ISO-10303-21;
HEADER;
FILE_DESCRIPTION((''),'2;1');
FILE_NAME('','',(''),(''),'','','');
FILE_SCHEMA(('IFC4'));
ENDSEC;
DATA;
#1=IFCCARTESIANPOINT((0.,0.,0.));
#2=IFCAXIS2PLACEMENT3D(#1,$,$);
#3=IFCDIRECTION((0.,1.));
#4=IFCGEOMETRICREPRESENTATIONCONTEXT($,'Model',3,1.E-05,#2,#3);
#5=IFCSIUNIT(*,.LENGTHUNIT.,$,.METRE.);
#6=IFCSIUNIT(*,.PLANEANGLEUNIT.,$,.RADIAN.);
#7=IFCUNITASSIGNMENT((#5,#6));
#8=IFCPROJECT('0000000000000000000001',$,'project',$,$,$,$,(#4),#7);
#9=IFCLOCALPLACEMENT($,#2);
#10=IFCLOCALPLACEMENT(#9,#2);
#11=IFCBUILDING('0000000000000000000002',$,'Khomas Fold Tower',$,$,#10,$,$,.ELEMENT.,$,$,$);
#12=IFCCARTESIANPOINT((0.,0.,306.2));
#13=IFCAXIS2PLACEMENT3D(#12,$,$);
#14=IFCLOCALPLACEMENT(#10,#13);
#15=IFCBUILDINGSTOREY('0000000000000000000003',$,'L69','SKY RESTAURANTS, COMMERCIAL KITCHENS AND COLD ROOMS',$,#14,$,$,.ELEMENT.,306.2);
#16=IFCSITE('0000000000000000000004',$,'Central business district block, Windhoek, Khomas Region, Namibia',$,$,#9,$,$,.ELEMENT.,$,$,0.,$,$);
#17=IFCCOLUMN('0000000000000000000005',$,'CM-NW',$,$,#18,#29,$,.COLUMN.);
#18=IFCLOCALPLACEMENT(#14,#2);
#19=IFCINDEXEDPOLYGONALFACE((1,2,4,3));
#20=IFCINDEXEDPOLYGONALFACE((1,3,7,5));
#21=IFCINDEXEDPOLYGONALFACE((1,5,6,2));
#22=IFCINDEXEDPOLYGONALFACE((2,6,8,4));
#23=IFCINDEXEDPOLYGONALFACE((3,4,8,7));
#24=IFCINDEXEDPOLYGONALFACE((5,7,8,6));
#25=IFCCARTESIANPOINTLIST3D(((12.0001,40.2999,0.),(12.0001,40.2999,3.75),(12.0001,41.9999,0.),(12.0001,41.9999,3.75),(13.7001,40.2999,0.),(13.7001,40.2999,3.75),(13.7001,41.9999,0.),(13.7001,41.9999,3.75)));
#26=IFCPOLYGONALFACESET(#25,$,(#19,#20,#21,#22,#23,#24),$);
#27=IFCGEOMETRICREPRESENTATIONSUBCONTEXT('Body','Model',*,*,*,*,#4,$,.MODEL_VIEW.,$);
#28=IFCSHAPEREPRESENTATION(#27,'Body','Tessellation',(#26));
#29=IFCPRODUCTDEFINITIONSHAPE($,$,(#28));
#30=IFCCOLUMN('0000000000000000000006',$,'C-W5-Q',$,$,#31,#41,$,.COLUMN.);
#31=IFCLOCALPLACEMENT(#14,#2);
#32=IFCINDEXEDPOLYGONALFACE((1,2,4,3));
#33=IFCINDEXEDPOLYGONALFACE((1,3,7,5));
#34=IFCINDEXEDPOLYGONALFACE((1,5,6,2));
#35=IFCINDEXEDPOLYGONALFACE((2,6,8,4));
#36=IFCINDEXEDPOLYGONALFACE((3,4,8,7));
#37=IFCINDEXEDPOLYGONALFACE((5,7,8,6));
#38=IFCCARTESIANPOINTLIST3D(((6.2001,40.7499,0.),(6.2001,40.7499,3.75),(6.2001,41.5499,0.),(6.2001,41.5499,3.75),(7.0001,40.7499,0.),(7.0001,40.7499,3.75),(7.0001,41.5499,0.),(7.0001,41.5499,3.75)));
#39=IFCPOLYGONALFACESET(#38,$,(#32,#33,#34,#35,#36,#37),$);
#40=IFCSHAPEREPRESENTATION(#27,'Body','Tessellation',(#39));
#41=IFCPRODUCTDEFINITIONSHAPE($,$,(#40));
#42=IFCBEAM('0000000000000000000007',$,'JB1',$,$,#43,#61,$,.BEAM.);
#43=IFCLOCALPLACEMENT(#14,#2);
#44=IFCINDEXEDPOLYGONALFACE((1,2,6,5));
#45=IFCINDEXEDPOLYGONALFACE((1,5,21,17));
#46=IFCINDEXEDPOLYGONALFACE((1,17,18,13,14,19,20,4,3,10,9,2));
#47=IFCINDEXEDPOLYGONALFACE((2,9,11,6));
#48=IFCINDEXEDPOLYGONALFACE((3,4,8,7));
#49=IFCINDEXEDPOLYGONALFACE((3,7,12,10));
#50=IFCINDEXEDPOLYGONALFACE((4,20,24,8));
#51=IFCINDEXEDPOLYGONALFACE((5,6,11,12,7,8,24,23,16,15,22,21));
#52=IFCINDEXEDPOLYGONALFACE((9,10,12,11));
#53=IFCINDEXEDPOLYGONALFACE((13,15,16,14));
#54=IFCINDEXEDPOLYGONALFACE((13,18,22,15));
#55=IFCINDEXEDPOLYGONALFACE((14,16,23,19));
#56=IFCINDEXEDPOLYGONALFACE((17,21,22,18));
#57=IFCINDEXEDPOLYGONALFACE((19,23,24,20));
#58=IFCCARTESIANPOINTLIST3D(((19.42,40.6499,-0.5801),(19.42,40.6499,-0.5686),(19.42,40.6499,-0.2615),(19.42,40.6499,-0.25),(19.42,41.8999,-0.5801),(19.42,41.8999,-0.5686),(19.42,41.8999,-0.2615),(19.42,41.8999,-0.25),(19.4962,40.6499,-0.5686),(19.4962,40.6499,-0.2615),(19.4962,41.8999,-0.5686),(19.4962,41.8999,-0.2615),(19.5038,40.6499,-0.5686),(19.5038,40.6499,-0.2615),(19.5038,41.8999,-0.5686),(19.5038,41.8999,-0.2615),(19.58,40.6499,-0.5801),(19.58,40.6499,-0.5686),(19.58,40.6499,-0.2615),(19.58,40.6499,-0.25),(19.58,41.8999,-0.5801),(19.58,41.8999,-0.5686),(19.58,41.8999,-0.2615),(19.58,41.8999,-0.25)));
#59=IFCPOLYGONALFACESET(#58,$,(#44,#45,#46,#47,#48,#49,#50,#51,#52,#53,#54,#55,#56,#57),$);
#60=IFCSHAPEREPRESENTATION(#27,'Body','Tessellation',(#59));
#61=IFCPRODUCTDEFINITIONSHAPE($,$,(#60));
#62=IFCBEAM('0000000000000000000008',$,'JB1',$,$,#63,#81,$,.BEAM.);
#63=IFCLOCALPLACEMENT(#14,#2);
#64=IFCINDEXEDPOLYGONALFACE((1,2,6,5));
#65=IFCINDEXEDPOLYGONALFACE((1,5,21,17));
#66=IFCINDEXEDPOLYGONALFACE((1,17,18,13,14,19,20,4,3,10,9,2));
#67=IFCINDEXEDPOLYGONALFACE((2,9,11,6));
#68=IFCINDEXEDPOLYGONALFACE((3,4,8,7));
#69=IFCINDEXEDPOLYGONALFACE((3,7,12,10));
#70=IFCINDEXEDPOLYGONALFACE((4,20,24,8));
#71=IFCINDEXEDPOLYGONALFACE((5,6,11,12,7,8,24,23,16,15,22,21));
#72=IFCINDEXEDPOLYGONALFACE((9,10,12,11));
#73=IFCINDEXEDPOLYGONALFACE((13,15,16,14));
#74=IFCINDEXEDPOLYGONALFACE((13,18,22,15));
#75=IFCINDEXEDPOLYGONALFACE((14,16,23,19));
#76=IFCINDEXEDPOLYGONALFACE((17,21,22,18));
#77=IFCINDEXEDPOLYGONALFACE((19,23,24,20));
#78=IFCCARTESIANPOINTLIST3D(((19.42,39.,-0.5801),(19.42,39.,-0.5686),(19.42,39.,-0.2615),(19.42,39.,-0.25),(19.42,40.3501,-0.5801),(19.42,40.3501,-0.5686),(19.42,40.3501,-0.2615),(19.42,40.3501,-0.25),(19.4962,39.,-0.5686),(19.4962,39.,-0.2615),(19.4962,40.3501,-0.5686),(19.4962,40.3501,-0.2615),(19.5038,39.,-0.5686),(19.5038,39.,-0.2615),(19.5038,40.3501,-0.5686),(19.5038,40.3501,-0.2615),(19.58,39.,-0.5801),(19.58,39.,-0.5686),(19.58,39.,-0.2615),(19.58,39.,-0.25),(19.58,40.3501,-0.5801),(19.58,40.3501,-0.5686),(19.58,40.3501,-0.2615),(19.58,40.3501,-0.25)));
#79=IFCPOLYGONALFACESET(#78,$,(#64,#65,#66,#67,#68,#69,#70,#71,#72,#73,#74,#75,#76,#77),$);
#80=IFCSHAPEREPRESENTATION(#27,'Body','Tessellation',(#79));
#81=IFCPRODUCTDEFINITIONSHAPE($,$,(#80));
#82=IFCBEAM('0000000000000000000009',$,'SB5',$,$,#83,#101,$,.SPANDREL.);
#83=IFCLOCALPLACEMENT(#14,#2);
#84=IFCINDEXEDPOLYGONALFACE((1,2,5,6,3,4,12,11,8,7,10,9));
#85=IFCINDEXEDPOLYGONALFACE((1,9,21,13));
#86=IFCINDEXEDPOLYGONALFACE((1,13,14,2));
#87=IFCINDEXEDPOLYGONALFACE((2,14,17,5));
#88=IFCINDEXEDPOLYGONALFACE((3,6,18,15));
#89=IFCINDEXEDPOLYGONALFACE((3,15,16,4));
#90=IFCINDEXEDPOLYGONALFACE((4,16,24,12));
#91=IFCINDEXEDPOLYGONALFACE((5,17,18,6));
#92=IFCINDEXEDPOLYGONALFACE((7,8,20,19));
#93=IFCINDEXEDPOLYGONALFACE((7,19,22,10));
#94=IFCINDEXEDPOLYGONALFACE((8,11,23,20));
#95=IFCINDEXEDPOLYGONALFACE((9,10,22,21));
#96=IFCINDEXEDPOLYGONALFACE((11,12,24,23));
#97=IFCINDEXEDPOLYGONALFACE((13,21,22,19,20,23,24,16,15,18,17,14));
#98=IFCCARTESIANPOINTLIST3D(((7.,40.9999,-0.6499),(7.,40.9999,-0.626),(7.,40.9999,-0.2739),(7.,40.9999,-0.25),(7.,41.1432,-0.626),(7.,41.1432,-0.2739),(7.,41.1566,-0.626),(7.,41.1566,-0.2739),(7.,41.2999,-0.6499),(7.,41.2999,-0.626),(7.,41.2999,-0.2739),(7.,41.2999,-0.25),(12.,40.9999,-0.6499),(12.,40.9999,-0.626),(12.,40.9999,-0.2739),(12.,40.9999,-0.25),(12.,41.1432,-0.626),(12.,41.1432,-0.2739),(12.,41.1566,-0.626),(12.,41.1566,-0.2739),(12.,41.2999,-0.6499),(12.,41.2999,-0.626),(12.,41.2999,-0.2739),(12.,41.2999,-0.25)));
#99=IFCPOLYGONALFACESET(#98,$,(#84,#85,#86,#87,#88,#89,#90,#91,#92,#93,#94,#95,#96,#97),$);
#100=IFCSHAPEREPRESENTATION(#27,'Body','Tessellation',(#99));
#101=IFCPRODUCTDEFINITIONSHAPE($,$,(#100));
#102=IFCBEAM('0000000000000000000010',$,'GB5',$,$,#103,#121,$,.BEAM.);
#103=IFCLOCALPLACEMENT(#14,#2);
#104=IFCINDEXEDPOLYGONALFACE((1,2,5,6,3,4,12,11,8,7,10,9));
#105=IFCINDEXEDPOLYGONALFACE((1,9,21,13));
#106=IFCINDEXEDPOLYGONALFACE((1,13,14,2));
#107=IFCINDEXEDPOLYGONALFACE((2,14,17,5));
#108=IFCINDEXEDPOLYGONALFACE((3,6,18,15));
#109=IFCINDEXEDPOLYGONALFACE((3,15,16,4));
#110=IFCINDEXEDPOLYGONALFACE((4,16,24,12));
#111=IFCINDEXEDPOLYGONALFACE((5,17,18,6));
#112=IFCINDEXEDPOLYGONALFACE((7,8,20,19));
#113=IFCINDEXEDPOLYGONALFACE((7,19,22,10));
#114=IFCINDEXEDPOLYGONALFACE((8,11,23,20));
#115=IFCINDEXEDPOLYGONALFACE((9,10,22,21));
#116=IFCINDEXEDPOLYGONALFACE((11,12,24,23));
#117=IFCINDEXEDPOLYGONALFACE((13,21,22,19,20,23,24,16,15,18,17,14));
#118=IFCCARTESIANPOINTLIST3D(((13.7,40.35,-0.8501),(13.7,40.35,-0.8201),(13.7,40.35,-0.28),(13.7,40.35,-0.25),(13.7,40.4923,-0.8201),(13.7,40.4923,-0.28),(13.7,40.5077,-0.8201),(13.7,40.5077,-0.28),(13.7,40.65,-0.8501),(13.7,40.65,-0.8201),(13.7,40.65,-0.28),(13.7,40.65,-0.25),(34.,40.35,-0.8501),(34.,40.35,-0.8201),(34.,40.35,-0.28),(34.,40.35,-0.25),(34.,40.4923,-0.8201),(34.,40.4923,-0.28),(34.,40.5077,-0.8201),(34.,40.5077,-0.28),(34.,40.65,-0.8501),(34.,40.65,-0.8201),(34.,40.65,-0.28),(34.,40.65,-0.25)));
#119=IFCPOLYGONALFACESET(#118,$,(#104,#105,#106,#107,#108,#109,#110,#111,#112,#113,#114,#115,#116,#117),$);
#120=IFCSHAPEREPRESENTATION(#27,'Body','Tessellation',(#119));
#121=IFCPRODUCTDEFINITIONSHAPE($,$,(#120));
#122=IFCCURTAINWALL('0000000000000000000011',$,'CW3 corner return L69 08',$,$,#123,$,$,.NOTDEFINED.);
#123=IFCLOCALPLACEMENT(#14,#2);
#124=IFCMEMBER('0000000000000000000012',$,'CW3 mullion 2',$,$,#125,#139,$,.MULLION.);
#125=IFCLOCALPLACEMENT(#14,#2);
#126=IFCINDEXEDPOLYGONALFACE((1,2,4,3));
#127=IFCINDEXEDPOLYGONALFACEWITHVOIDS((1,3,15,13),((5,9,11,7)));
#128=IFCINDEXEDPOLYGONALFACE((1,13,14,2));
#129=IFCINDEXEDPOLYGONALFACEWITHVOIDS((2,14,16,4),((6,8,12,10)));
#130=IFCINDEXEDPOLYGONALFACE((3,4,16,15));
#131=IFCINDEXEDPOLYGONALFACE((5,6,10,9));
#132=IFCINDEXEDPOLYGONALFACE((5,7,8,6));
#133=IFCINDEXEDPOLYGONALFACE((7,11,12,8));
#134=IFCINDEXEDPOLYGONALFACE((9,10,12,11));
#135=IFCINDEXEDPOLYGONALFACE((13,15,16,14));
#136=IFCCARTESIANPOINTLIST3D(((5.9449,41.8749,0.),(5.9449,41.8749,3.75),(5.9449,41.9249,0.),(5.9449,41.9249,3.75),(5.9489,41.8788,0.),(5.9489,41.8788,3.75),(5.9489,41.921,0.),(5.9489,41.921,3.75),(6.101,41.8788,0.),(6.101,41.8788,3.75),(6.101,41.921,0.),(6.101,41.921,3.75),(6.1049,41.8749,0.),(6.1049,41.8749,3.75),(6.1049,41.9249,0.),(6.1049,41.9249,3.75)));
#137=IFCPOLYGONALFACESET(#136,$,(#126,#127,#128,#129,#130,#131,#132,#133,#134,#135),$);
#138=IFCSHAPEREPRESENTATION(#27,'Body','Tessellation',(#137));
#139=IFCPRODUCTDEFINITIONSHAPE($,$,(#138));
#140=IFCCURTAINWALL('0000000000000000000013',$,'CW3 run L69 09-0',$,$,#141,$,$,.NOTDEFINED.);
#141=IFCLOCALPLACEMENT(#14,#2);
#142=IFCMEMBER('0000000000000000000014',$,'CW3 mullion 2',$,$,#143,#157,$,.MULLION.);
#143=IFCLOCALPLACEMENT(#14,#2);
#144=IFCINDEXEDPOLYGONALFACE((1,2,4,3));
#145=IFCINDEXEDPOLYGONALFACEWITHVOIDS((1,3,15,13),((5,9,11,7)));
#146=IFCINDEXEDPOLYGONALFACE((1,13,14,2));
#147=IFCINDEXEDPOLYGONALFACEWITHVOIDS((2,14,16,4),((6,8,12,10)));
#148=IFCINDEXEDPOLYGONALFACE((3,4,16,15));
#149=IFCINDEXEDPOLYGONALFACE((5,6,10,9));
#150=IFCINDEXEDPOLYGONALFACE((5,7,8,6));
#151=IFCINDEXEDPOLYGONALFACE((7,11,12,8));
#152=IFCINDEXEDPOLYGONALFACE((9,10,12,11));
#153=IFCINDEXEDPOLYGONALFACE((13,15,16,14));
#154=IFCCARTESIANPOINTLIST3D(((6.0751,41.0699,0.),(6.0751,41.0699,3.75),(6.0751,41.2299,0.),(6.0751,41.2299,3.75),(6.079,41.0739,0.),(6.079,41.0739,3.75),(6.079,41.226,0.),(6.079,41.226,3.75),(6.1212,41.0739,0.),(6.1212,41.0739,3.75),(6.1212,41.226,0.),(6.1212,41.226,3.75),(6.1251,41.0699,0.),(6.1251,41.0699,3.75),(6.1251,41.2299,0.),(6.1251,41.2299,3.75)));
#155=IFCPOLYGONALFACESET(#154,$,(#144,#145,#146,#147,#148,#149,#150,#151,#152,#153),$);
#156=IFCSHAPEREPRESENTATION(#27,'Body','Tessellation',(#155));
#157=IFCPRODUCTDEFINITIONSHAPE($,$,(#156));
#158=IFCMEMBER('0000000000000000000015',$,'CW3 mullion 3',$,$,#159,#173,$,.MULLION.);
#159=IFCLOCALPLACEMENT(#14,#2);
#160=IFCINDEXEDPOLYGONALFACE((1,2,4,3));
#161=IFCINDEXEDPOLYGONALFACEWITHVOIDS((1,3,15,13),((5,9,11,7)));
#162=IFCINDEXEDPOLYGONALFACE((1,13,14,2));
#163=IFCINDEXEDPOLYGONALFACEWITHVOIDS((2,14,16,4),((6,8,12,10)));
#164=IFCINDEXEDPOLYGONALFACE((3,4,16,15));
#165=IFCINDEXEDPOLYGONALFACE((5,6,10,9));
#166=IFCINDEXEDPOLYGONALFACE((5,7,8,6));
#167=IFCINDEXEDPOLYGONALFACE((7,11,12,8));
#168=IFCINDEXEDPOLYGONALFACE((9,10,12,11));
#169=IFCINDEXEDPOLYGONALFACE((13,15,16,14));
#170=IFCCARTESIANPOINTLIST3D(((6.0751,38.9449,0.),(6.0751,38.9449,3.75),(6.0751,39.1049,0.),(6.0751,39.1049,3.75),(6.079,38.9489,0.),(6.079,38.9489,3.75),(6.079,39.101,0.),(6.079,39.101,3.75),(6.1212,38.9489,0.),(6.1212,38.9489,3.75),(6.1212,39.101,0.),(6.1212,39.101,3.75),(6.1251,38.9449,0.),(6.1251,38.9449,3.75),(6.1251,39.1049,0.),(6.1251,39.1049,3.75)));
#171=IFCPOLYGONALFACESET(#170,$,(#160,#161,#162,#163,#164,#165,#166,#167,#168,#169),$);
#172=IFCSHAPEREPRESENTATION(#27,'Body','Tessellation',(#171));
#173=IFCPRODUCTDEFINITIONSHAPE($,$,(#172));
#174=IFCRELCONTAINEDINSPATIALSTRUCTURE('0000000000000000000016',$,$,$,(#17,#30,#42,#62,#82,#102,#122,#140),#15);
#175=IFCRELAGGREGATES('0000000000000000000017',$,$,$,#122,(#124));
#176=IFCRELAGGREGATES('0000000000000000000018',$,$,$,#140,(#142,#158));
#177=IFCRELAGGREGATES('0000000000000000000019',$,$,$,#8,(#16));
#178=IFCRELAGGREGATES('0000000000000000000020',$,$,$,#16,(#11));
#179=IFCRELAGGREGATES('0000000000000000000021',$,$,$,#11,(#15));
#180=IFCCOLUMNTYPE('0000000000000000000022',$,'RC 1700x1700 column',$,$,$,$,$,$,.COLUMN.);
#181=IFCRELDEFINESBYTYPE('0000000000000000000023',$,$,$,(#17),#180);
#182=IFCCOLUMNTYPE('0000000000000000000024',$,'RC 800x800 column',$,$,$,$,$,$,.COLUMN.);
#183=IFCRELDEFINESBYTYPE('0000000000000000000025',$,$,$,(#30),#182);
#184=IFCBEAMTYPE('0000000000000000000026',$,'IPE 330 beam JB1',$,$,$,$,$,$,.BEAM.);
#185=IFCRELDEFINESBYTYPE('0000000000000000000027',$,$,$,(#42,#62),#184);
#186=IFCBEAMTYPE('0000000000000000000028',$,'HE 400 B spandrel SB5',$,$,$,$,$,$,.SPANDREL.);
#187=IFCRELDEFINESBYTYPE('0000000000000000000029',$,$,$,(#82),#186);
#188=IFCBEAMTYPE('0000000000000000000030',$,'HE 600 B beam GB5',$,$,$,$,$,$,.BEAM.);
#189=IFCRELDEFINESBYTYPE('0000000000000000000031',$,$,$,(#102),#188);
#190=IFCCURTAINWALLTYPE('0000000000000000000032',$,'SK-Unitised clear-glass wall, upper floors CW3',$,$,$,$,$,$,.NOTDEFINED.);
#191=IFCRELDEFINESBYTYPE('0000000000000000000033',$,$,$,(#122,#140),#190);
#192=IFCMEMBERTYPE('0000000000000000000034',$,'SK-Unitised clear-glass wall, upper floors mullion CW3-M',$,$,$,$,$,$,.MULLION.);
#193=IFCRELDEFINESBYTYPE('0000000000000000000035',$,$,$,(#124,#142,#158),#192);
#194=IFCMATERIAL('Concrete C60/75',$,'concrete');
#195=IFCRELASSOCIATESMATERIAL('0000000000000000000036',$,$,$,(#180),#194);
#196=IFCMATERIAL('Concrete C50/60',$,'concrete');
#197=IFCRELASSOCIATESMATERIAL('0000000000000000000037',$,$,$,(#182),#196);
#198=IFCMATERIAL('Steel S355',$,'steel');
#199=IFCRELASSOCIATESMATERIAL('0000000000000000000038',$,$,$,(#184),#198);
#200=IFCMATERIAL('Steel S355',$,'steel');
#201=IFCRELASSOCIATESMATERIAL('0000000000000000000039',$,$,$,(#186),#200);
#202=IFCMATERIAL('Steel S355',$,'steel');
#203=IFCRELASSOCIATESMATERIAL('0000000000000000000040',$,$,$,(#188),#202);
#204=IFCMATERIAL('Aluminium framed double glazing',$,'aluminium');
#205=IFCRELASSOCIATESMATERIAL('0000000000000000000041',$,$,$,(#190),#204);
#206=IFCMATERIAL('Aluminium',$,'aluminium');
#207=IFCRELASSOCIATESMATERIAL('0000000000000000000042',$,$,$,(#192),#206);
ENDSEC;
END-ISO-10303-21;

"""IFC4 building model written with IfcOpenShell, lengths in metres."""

from ifc_helpers import new_model, si_unit, direction, frame, origin, origin_2d, place, context, subcontext, project, spatial, rectangle, hollow_rectangle, i_section, extrude, source, transform, mapped, material, material_profile, profile_set, type_object, element, aggregate, save


model = new_model("IFC4")

# Units and contexts
model_context = context("Model", 3, precision=1e-05, world=origin(), true_north=direction((0.0, 1.0)))
body_context = subcontext(model_context, "Body", "Model", "MODEL_VIEW")
ifc_project = project(units=[si_unit("LENGTHUNIT", "METRE"), si_unit("PLANEANGLEUNIT", "RADIAN")], contexts=[model_context])

# Site, building, storey
site_placement = place(None, origin())
site = spatial("IfcSite", under=ifc_project, at=site_placement, Name="Central business district block, Windhoek, Khomas Region, Namibia", CompositionType="ELEMENT", RefElevation=0.0)
building_placement = place(site_placement, origin())
building = spatial("IfcBuilding", under=site, at=building_placement, Name="Khomas Fold Tower", CompositionType="ELEMENT")
storey_placement = place(building_placement, frame((0.0, 0.0, 306.2)))
storey = spatial("IfcBuildingStorey", under=building, at=storey_placement, Name="L69", Description="SKY RESTAURANTS, COMMERCIAL KITCHENS AND COLD ROOMS", CompositionType="ELEMENT", Elevation=306.2)

# Columns
ifc_material_1 = material(Name="Concrete C60/75", Category="concrete")
ifc_material_profile_1 = material_profile(ifc_material_1, rectangle(XDim=1.7, YDim=1.7, at=origin_2d()), Name="RC 1700x1700")
ifc_profile_set_1 = profile_set([ifc_material_profile_1], Name="Concrete C60/75")
column_type_1 = type_object("IfcColumnType", Name="RC 1700x1700 column", PredefinedType="COLUMN", material=ifc_profile_set_1)
shared_shape_1 = source(origin(), body_context, "Body", "SweptSolid", [
    extrude(rectangle(XDim=1.7, YDim=1.7, at=origin_2d()), origin(), (0.0, 0.0, 1.0), 3.75),
])
column_1_placement = place(storey_placement, frame((12.8501, 41.1499, 0.0), z_axis=(0.0, 0.0, 1.0), x_axis=(1.0, 0.0, 0.0)))
element("IfcColumn", 1, at=column_1_placement, inside=storey, type_object=column_type_1, Name="CM-NW", PredefinedType="COLUMN", context=body_context, shape_type="MappedRepresentation", body=[
    mapped(shared_shape_1, transform((0.0, 0.0, 0.0))),
])
ifc_material_2 = material(Name="Concrete C50/60", Category="concrete")
ifc_material_profile_2 = material_profile(ifc_material_2, rectangle(XDim=0.8, YDim=0.8, at=origin_2d()), Name="RC 800x800")
ifc_profile_set_2 = profile_set([ifc_material_profile_2], Name="Concrete C50/60")
column_type_2 = type_object("IfcColumnType", Name="RC 800x800 column", PredefinedType="COLUMN", material=ifc_profile_set_2)
shared_shape_2 = source(origin(), body_context, "Body", "SweptSolid", [
    extrude(rectangle(XDim=0.8, YDim=0.8, at=origin_2d()), origin(), (0.0, 0.0, 1.0), 3.75),
])
column_2_placement = place(storey_placement, frame((6.6001, 41.1499, 0.0), z_axis=(0.0, 0.0, 1.0), x_axis=(1.0, 0.0, 0.0)))
element("IfcColumn", 2, at=column_2_placement, inside=storey, type_object=column_type_2, Name="C-W5-Q", PredefinedType="COLUMN", context=body_context, shape_type="MappedRepresentation", body=[
    mapped(shared_shape_2, transform((0.0, 0.0, 0.0))),
])

# Beams
ifc_material_3 = material(Name="Steel S355", Category="steel")
ifc_material_profile_3 = material_profile(ifc_material_3, i_section(OverallWidth=0.1599, OverallDepth=0.3301, WebThickness=0.0076, FlangeThickness=0.0115, at=origin_2d()), Name="IPE 330")
ifc_profile_set_3 = profile_set([ifc_material_profile_3], Name="Steel S355")
beam_type_1 = type_object("IfcBeamType", Name="IPE 330 beam JB1", PredefinedType="BEAM", material=ifc_profile_set_3)
shared_shape_3 = source(origin(), body_context, "Body", "SweptSolid", [
    extrude(i_section(OverallWidth=0.1599, OverallDepth=0.3301, WebThickness=0.0076, FlangeThickness=0.0115, at=origin_2d()), origin(), (0.0, 0.0, 1.0), 1.25),
])
beam_1_placement = place(storey_placement, frame((19.5, 40.6499, -0.415), z_axis=(0.0, 1.0, 0.0), x_axis=(-1.0, 0.0, 0.0)))
element("IfcBeam", 3, at=beam_1_placement, inside=storey, type_object=beam_type_1, Name="JB1", PredefinedType="BEAM", context=body_context, shape_type="MappedRepresentation", body=[
    mapped(shared_shape_3, transform((0.0, 0.0, 0.0))),
])
shared_shape_4 = source(origin(), body_context, "Body", "SweptSolid", [
    extrude(i_section(OverallWidth=0.1599, OverallDepth=0.3301, WebThickness=0.0076, FlangeThickness=0.0115, at=origin_2d()), origin(), (0.0, 0.0, 1.0), 1.3501),
])
beam_2_placement = place(storey_placement, frame((19.5, 39.0, -0.415), z_axis=(0.0, 1.0, 0.0), x_axis=(-1.0, 0.0, 0.0)))
element("IfcBeam", 4, at=beam_2_placement, inside=storey, type_object=beam_type_1, Name="JB1", PredefinedType="BEAM", context=body_context, shape_type="MappedRepresentation", body=[
    mapped(shared_shape_4, transform((0.0, 0.0, 0.0))),
])
ifc_material_4 = material(Name="Steel S355", Category="steel")
ifc_material_profile_4 = material_profile(ifc_material_4, i_section(OverallWidth=0.3, OverallDepth=0.3999, WebThickness=0.0134, FlangeThickness=0.0239, at=origin_2d()), Name="HE 400 B")
ifc_profile_set_4 = profile_set([ifc_material_profile_4], Name="Steel S355")
beam_type_2 = type_object("IfcBeamType", Name="HE 400 B spandrel SB5", PredefinedType="SPANDREL", material=ifc_profile_set_4)
shared_shape_5 = source(origin(), body_context, "Body", "SweptSolid", [
    extrude(i_section(OverallWidth=0.3, OverallDepth=0.3999, WebThickness=0.0134, FlangeThickness=0.0239, at=origin_2d()), origin(), (0.0, 0.0, 1.0), 5.0),
])
beam_3_placement = place(storey_placement, frame((7.0, 41.1499, -0.45), z_axis=(1.0, 0.0, 0.0), x_axis=(0.0, 1.0, 0.0)))
element("IfcBeam", 5, at=beam_3_placement, inside=storey, type_object=beam_type_2, Name="SB5", PredefinedType="SPANDREL", context=body_context, shape_type="MappedRepresentation", body=[
    mapped(shared_shape_5, transform((0.0, 0.0, 0.0))),
])
ifc_material_5 = material(Name="Steel S355", Category="steel")
ifc_material_profile_5 = material_profile(ifc_material_5, i_section(OverallWidth=0.3, OverallDepth=0.6001, WebThickness=0.0154, FlangeThickness=0.03, at=origin_2d()), Name="HE 600 B")
ifc_profile_set_5 = profile_set([ifc_material_profile_5], Name="Steel S355")
beam_type_3 = type_object("IfcBeamType", Name="HE 600 B beam GB5", PredefinedType="BEAM", material=ifc_profile_set_5)
shared_shape_6 = source(origin(), body_context, "Body", "SweptSolid", [
    extrude(i_section(OverallWidth=0.3, OverallDepth=0.6001, WebThickness=0.0154, FlangeThickness=0.03, at=origin_2d()), origin(), (0.0, 0.0, 1.0), 20.3),
])
beam_4_placement = place(storey_placement, frame((13.7, 40.5, -0.55), z_axis=(1.0, 0.0, 0.0), x_axis=(0.0, 1.0, 0.0)))
element("IfcBeam", 6, at=beam_4_placement, inside=storey, type_object=beam_type_3, Name="GB5", PredefinedType="BEAM", context=body_context, shape_type="MappedRepresentation", body=[
    mapped(shared_shape_6, transform((0.0, 0.0, 0.0))),
])

# Curtain wall, member
ifc_material_6 = material(Name="Aluminium framed double glazing", Category="aluminium")
curtain_wall_type = type_object("IfcCurtainWallType", Name="SK-Unitised clear-glass wall, upper floors CW3", PredefinedType="NOTDEFINED", material=ifc_material_6)
curtain_wall_1_placement = place(storey_placement, origin())
curtain_wall_1 = element("IfcCurtainWall", 7, at=curtain_wall_1_placement, inside=storey, type_object=curtain_wall_type, Name="CW3 corner return L69 08", PredefinedType="NOTDEFINED")
ifc_material_7 = material(Name="Aluminium", Category="aluminium")
ifc_material_profile_6 = material_profile(ifc_material_7, hollow_rectangle(XDim=0.05, YDim=0.1599, WallThickness=0.0039, at=origin_2d()), Name="SK-Unitised clear-glass wall, upper floors mullion CW3-M")
ifc_profile_set_6 = profile_set([ifc_material_profile_6], Name="Aluminium")
member_type_1 = type_object("IfcMemberType", Name="SK-Unitised clear-glass wall, upper floors mullion CW3-M", PredefinedType="MULLION", material=ifc_profile_set_6)
shared_shape_7 = source(origin(), body_context, "Body", "SweptSolid", [
    extrude(hollow_rectangle(XDim=0.05, YDim=0.1599, WallThickness=0.0039, at=origin_2d()), origin(), (0.0, 0.0, 1.0), 3.75),
])
member_1_placement = place(storey_placement, frame((6.0249, 41.8999, 0.0), z_axis=(0.0, 0.0, 1.0), x_axis=(0.0, -1.0, 0.0)))
member_1 = element("IfcMember", 8, at=member_1_placement, type_object=member_type_1, Name="CW3 mullion 2", PredefinedType="MULLION", context=body_context, shape_type="MappedRepresentation", body=[
    mapped(shared_shape_7, transform((0.0, 0.0, 0.0))),
])

# Curtain wall, members
curtain_wall_2_placement = place(storey_placement, origin())
curtain_wall_2 = element("IfcCurtainWall", 9, at=curtain_wall_2_placement, inside=storey, type_object=curtain_wall_type, Name="CW3 run L69 09-0", PredefinedType="NOTDEFINED")
member_2_placement = place(storey_placement, frame((6.1001, 41.1499, 0.0), z_axis=(0.0, 0.0, 1.0), x_axis=(1.0, 0.0, 0.0)))
member_2 = element("IfcMember", 10, at=member_2_placement, type_object=member_type_1, Name="CW3 mullion 2", PredefinedType="MULLION", context=body_context, shape_type="MappedRepresentation", body=[
    mapped(shared_shape_7, transform((0.0, 0.0, 0.0))),
])
member_3_placement = place(storey_placement, frame((6.1001, 39.0249, 0.0), z_axis=(0.0, 0.0, 1.0), x_axis=(1.0, 0.0, 0.0)))
member_3 = element("IfcMember", 11, at=member_3_placement, type_object=member_type_1, Name="CW3 mullion 3", PredefinedType="MULLION", context=body_context, shape_type="MappedRepresentation", body=[
    mapped(shared_shape_7, transform((0.0, 0.0, 0.0))),
])

aggregate(curtain_wall_1, [member_1])
aggregate(curtain_wall_2, [member_2, member_3])

save(model, "model.ifc")
